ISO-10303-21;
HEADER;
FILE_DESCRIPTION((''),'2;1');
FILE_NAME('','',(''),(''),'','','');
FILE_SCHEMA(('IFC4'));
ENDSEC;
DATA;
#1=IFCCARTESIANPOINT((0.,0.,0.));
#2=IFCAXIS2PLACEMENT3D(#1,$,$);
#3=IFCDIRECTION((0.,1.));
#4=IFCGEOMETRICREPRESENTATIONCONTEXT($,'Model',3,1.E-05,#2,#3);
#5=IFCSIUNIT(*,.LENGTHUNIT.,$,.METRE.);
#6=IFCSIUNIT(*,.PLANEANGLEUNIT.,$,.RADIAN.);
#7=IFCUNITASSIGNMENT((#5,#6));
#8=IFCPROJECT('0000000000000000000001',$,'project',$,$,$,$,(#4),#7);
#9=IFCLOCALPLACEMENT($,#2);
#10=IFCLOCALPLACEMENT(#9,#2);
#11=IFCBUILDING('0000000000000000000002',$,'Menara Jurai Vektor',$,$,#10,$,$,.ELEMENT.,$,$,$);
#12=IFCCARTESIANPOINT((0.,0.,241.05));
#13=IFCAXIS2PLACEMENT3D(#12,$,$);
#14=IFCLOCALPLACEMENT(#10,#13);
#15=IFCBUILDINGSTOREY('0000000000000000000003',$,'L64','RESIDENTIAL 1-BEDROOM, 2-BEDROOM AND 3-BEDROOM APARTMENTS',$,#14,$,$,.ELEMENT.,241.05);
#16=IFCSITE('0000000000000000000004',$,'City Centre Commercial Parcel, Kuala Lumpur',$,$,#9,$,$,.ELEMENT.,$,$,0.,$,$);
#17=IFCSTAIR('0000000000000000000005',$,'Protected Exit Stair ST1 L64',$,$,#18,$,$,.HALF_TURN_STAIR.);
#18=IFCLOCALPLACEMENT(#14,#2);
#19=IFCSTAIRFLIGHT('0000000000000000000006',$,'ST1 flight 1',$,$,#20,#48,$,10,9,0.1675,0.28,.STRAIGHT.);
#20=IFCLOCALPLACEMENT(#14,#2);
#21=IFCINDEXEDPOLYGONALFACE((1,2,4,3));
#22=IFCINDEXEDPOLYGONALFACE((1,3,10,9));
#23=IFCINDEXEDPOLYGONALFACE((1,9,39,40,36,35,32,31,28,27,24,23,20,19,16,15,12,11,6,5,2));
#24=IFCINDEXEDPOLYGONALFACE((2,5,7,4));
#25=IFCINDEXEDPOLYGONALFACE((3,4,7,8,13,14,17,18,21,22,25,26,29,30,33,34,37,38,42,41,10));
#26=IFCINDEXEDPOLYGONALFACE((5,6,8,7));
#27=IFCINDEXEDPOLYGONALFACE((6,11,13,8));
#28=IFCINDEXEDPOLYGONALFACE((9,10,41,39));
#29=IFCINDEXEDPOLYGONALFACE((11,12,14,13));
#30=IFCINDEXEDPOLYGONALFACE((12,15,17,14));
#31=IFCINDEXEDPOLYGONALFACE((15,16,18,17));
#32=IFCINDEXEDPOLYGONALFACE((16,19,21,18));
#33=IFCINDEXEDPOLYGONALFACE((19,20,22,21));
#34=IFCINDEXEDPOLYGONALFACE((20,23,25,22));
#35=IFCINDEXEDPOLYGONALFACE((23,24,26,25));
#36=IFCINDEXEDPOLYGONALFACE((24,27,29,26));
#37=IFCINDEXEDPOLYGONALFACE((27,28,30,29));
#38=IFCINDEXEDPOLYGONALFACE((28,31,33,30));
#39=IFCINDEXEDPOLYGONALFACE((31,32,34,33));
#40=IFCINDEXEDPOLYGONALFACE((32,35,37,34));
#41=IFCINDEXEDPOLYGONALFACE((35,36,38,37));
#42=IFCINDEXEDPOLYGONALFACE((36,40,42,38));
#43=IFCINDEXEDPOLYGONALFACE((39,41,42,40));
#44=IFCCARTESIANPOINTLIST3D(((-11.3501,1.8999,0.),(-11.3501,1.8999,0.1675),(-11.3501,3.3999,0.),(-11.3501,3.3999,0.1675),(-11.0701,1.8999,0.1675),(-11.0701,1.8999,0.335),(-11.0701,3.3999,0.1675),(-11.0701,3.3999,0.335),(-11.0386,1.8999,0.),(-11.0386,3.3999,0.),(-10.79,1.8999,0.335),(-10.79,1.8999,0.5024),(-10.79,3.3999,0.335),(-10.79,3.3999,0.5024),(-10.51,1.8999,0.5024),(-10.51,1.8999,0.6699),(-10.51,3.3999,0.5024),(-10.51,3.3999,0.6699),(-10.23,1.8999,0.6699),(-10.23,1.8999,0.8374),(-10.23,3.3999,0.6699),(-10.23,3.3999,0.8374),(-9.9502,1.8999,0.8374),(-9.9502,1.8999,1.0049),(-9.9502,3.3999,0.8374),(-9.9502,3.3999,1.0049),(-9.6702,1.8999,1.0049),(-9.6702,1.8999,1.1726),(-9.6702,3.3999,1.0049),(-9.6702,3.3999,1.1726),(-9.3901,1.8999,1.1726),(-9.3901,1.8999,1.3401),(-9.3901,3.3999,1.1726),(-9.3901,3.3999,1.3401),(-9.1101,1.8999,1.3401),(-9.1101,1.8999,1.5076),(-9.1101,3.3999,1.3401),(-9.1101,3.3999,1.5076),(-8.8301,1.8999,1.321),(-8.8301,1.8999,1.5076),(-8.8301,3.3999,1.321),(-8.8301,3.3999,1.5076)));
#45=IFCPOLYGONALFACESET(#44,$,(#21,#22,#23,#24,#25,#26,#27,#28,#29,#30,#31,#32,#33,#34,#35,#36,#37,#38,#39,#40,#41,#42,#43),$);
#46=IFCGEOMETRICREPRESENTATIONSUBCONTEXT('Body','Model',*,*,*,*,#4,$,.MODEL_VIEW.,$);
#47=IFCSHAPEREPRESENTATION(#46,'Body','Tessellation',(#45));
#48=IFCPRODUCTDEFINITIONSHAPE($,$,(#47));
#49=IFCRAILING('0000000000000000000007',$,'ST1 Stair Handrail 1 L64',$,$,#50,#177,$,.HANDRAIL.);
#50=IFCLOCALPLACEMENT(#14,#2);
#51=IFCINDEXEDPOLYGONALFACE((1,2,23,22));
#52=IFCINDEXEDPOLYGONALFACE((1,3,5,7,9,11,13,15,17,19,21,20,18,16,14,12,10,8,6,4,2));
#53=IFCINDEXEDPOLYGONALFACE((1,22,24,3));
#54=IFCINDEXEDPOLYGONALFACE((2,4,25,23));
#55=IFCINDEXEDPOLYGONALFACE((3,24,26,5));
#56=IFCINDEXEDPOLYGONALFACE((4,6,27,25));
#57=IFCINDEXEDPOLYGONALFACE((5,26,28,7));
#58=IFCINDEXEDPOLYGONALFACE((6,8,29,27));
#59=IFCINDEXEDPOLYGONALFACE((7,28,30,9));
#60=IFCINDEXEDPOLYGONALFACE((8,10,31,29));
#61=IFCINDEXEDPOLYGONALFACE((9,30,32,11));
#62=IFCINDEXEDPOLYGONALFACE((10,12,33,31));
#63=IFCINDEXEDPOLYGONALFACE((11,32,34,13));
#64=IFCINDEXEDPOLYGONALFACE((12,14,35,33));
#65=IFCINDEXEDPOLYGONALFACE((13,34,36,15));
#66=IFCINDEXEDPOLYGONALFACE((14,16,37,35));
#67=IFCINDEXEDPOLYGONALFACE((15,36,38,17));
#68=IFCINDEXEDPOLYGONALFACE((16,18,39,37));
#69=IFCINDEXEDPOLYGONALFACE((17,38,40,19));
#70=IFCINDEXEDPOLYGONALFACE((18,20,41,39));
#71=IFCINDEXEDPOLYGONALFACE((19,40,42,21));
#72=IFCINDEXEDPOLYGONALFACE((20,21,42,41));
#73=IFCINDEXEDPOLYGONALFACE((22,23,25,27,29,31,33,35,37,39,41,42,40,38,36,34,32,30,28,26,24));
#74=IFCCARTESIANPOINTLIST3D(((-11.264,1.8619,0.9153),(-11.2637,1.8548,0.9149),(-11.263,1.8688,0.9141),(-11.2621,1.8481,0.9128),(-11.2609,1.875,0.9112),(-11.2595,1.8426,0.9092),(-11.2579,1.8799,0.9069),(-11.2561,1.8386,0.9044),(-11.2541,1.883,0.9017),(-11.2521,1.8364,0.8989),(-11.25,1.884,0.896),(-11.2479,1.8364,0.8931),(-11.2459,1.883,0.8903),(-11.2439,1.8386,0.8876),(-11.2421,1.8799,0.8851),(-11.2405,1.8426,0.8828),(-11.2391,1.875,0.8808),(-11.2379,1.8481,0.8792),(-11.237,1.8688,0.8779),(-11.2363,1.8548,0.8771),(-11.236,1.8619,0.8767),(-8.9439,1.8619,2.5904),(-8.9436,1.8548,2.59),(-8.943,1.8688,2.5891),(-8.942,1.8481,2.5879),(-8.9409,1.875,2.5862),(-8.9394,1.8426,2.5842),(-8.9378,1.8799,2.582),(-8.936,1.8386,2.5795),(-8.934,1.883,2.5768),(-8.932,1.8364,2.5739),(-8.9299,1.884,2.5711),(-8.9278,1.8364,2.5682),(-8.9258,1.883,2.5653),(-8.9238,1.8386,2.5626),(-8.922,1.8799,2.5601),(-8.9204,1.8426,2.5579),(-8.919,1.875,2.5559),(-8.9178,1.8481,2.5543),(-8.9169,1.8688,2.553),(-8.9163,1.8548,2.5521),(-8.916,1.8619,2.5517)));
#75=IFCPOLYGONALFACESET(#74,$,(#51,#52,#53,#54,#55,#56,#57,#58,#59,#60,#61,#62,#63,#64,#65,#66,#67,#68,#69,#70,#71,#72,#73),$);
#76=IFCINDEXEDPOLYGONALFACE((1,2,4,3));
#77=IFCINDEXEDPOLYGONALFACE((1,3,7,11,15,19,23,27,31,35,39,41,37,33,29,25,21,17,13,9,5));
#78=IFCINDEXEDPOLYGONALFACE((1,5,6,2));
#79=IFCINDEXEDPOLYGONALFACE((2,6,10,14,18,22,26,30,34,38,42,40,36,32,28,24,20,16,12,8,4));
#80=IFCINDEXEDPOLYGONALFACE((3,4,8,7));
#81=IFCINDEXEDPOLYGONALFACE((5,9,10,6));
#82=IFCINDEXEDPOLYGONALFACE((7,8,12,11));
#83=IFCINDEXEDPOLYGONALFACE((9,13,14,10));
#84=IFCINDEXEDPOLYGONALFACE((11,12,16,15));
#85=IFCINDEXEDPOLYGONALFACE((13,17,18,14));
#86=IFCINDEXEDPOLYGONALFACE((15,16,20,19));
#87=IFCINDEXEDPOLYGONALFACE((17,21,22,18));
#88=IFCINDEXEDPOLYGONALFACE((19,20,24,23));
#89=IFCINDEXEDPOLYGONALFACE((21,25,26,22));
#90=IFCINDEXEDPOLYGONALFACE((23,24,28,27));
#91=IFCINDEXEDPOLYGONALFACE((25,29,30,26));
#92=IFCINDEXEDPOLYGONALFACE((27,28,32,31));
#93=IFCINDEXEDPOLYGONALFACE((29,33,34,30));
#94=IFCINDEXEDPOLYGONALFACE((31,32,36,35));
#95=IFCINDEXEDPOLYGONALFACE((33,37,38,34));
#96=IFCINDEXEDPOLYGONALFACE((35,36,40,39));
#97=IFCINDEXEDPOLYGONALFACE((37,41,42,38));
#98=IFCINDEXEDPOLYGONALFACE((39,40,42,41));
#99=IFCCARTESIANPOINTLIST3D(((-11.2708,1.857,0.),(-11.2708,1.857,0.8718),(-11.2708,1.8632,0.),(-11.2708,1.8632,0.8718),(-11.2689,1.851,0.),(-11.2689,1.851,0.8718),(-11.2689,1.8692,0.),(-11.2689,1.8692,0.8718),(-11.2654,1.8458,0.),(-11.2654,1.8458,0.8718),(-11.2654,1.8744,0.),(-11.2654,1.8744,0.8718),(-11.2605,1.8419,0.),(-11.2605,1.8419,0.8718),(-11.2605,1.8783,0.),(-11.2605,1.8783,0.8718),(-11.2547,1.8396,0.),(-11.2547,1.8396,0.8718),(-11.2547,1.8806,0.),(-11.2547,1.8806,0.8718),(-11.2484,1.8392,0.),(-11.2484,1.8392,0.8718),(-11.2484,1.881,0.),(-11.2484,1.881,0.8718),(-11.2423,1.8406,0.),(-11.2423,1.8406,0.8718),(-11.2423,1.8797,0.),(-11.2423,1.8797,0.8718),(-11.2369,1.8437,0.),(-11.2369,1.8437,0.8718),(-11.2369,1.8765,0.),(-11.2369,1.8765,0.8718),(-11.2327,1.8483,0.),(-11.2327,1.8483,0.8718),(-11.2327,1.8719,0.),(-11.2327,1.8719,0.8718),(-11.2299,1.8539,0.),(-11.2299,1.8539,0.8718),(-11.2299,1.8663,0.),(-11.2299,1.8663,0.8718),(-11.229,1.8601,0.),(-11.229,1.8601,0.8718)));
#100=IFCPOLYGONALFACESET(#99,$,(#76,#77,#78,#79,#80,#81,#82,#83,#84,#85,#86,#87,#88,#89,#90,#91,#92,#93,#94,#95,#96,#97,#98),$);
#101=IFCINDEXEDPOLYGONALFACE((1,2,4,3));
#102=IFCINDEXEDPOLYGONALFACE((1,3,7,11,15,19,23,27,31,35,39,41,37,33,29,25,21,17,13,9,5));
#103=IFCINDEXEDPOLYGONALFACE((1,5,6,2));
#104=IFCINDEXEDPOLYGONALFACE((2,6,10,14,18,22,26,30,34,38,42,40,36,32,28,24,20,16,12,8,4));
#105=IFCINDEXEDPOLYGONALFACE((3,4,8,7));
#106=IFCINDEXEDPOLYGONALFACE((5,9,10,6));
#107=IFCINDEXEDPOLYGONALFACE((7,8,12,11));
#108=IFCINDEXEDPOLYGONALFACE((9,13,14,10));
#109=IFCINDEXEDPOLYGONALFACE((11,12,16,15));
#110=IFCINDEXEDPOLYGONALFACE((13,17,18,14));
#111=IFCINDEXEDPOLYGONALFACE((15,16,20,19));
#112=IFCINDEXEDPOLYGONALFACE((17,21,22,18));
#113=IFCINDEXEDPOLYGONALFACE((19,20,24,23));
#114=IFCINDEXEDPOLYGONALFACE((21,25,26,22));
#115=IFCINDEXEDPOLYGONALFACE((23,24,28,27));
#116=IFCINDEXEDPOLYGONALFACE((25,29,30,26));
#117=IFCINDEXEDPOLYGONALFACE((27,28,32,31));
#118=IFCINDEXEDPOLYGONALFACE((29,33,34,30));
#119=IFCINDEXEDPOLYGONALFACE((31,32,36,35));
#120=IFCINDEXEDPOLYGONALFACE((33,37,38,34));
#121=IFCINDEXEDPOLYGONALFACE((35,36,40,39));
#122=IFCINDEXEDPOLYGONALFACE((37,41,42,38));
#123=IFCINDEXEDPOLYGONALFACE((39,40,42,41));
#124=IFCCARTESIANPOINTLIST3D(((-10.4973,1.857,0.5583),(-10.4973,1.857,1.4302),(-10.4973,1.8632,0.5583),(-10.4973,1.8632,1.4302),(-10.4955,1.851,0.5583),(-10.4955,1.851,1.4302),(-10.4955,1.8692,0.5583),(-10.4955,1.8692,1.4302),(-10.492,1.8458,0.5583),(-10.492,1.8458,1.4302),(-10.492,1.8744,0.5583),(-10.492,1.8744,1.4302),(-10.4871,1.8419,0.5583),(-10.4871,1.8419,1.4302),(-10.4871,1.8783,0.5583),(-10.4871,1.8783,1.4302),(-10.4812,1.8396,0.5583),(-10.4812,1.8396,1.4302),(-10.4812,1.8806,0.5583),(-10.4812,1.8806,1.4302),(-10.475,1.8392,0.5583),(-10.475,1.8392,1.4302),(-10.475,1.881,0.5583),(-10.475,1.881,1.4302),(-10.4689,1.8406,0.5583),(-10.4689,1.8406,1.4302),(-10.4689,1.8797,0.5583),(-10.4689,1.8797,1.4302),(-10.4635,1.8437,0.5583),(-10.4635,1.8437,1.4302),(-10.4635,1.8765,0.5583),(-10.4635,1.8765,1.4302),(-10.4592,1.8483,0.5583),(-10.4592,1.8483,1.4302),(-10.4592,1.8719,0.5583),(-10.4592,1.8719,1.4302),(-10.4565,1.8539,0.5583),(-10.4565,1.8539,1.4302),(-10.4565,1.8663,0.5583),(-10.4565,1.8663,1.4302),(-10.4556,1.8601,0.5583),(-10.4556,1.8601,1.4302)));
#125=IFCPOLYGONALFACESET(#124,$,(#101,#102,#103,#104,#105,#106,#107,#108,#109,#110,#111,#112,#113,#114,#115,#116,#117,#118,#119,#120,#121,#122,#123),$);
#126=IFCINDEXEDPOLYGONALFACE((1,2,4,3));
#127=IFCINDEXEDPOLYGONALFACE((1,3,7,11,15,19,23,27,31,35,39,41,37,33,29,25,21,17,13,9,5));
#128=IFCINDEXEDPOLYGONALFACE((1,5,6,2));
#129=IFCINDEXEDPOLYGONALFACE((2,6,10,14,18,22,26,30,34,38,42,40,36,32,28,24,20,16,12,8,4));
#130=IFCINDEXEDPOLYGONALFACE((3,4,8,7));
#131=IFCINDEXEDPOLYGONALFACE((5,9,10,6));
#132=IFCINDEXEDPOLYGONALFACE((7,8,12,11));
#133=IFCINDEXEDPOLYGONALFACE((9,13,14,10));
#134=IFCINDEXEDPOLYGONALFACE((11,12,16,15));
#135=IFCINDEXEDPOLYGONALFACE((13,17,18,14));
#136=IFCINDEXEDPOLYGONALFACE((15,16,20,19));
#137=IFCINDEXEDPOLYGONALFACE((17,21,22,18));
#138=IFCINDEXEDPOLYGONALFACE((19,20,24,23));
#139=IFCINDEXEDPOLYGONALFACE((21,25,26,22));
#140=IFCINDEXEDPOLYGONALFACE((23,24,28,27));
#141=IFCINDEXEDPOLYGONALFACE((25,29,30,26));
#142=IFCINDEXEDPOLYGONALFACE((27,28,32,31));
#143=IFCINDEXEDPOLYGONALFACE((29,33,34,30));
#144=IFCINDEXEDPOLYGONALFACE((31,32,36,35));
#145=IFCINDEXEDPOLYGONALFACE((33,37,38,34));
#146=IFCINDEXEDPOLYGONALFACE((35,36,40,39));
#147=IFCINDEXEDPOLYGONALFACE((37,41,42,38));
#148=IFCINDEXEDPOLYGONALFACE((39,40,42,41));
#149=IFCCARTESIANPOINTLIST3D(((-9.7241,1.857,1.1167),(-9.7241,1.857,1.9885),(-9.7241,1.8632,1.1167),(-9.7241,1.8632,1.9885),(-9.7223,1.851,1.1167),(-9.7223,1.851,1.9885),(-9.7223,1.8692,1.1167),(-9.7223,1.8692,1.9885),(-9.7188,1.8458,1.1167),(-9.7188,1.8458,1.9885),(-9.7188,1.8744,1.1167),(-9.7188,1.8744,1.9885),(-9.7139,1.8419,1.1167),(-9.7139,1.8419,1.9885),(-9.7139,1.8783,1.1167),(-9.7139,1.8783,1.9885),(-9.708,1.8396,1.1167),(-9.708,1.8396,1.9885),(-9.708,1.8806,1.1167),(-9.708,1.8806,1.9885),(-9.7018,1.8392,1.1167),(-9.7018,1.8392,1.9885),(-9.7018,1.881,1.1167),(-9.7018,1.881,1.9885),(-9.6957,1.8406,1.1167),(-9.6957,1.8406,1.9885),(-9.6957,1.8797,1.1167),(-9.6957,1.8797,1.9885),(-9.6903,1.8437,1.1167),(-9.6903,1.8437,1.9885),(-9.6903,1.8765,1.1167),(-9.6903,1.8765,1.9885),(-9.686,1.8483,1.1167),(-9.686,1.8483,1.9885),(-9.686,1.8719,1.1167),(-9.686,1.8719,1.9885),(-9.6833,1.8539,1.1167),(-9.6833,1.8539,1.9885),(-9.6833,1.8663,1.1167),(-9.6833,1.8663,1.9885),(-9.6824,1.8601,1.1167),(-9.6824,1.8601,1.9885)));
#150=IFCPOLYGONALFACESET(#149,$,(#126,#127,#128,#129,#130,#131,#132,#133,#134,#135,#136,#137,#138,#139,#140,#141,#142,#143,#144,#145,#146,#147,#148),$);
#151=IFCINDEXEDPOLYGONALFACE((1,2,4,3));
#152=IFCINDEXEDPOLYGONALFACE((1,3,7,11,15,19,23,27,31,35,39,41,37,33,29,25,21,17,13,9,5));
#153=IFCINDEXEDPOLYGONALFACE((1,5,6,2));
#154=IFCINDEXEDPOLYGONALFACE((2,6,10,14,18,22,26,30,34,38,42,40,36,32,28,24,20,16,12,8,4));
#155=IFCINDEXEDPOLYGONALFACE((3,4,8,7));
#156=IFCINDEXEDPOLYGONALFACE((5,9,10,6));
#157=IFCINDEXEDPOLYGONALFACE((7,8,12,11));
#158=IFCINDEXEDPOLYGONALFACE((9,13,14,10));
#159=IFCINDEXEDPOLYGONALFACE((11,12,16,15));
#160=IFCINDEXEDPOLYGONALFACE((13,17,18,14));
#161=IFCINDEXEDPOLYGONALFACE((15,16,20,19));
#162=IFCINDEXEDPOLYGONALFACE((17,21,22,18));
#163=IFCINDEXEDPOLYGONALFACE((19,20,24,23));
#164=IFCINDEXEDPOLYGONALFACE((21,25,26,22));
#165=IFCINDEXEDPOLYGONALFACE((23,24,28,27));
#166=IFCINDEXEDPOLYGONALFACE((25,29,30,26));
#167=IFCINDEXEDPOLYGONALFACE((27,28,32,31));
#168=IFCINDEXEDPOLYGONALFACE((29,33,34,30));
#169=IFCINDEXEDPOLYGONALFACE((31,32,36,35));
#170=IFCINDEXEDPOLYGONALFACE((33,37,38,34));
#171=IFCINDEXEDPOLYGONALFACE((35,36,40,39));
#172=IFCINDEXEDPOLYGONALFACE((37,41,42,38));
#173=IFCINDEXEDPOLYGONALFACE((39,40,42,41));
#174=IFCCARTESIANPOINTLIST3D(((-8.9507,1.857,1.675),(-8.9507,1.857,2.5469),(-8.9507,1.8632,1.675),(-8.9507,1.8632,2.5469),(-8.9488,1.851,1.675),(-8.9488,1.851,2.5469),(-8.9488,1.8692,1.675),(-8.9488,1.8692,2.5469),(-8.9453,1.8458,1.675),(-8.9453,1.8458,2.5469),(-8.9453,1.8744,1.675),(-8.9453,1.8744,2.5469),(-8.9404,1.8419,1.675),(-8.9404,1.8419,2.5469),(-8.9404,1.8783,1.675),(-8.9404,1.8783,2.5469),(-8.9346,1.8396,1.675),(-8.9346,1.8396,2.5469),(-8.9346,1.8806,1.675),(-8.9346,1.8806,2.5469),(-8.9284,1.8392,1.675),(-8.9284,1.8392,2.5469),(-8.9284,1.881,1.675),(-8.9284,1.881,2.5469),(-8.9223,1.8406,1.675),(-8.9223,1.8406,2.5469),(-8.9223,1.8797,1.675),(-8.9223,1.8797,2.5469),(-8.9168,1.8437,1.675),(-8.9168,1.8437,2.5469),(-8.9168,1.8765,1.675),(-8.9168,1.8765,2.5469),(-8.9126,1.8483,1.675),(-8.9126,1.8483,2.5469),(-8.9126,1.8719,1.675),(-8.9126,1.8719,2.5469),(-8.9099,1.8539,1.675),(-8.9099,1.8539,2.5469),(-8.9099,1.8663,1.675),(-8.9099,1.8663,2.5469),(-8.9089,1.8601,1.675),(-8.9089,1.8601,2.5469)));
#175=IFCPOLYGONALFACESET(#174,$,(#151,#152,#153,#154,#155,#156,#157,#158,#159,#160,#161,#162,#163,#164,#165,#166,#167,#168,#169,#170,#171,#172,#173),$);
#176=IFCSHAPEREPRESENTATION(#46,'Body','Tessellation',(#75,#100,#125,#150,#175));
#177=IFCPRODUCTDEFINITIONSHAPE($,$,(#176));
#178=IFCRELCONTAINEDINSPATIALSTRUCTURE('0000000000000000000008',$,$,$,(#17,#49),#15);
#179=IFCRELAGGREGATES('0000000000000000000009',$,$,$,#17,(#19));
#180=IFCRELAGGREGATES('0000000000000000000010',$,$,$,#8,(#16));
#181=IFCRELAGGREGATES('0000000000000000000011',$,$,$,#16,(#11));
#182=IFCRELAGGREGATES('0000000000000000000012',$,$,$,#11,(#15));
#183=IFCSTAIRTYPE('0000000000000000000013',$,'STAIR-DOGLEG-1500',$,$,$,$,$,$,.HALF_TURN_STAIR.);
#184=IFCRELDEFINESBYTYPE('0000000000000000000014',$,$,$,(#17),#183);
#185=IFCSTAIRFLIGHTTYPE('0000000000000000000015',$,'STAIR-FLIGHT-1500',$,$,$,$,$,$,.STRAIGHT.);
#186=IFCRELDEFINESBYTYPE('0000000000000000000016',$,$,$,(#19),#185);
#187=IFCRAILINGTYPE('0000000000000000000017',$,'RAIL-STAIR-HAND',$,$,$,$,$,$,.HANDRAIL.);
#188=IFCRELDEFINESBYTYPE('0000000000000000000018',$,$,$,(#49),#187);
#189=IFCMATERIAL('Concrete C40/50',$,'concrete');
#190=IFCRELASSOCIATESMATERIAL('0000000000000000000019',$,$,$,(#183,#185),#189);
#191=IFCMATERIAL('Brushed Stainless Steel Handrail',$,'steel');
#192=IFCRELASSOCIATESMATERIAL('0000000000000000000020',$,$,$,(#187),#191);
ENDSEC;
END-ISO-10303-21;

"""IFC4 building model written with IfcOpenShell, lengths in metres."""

from ifc_helpers import new_model, si_unit, direction, frame, origin, origin_2d, place, context, subcontext, project, spatial, polyline, circle, outline, extrude, material, type_object, element, aggregate, save


model = new_model("IFC4")

# Units and contexts
model_context = context("Model", 3, precision=1e-05, world=origin(), true_north=direction((0.0, 1.0)))
body_context = subcontext(model_context, "Body", "Model", "MODEL_VIEW")
ifc_project = project(units=[si_unit("LENGTHUNIT", "METRE"), si_unit("PLANEANGLEUNIT", "RADIAN")], contexts=[model_context])

# Site, building, storey
site_placement = place(None, origin())
site = spatial("IfcSite", under=ifc_project, at=site_placement, Name="City Centre Commercial Parcel, Kuala Lumpur", CompositionType="ELEMENT", RefElevation=0.0)
building_placement = place(site_placement, origin())
building = spatial("IfcBuilding", under=site, at=building_placement, Name="Menara Jurai Vektor", CompositionType="ELEMENT")
storey_placement = place(building_placement, frame((0.0, 0.0, 241.05)))
storey = spatial("IfcBuildingStorey", under=building, at=storey_placement, Name="L64", Description="RESIDENTIAL 1-BEDROOM, 2-BEDROOM AND 3-BEDROOM APARTMENTS", CompositionType="ELEMENT", Elevation=241.05)

# Shared definitions
ifc_material_1 = material(Name="Concrete C40/50", Category="concrete")

# Stair, stair flight
stair_type = type_object("IfcStairType", Name="STAIR-DOGLEG-1500", PredefinedType="HALF_TURN_STAIR", material=ifc_material_1)
stair_placement = place(storey_placement, origin())
stair = element("IfcStair", 1, at=stair_placement, inside=storey, type_object=stair_type, Name="Protected Exit Stair ST1 L64", PredefinedType="HALF_TURN_STAIR")
stair_flight_type = type_object("IfcStairFlightType", Name="STAIR-FLIGHT-1500", PredefinedType="STRAIGHT", material=ifc_material_1)
stair_flight_placement = place(storey_placement, frame((-11.3501, 2.6499, 0.0), z_axis=(0.0, 0.0, 1.0), x_axis=(1.0, 0.0, 0.0)))
stair_flight = element("IfcStairFlight", 2, at=stair_flight_placement, type_object=stair_flight_type, Name="ST1 flight 1", NumberOfRisers=10, NumberOfTreads=9, PredefinedType="STRAIGHT", RiserHeight=0.1675, TreadLength=0.28, context=body_context, shape_type="SweptSolid", body=[
    extrude(outline(polyline([(0.0, 0.0), (0.0, 0.1675), (0.28, 0.1675), (0.28, 0.335), (0.5601, 0.335), (0.5601, 0.5024), (0.8401, 0.5024), (0.8401, 0.6699), (1.1201, 0.6699), (1.1201, 0.8374), (1.3999, 0.8374), (1.3999, 1.0049), (1.6799, 1.0049), (1.6799, 1.1726), (1.96, 1.1726), (1.96, 1.3401), (2.24, 1.3401), (2.24, 1.5076), (2.52, 1.5076), (2.52, 1.675), (2.52, 1.321), (0.3115, 0.0), (0.0, 0.0)])), frame((0.0, 0.75, 0.0), z_axis=(0.0, -1.0, 0.0), x_axis=(1.0, 0.0, 0.0)), (0.0, 0.0, 1.0), 1.5),
])
aggregate(stair, [stair_flight])

# Railing
ifc_material_2 = material(Name="Brushed Stainless Steel Handrail", Category="steel")
railing_type_1 = type_object("IfcRailingType", Name="RAIL-STAIR-HAND", PredefinedType="HANDRAIL", material=ifc_material_2)
railing_1_placement = place(storey_placement, frame((-11.25, 1.8601, 0.0)))
element("IfcRailing", 3, at=railing_1_placement, inside=storey, type_object=railing_type_1, Name="ST1 Stair Handrail 1 L64", PredefinedType="HANDRAIL", context=body_context, shape_type="SweptSolid", body=[
    extrude(circle(Radius=0.0239, at=origin_2d()), frame((0.0, 0.0, 0.896), z_axis=(0.810771, 0.0, 0.585363), x_axis=(0.0, 1.0, 0.0)), (0.0, 0.0, 1.0), 2.8616),
    extrude(circle(Radius=0.021, at=origin_2d()), origin(), (0.0, 0.0, 1.0), 0.8718),
    extrude(circle(Radius=0.021, at=origin_2d()), frame((0.7734, 0.0, 0.5583)), (0.0, 0.0, 1.0), 0.8718),
    extrude(circle(Radius=0.021, at=origin_2d()), frame((1.5466, 0.0, 1.1167)), (0.0, 0.0, 1.0), 0.8718),
    extrude(circle(Radius=0.021, at=origin_2d()), frame((2.3201, 0.0, 1.675)), (0.0, 0.0, 1.0), 0.8718),
])

save(model, "model.ifc")
